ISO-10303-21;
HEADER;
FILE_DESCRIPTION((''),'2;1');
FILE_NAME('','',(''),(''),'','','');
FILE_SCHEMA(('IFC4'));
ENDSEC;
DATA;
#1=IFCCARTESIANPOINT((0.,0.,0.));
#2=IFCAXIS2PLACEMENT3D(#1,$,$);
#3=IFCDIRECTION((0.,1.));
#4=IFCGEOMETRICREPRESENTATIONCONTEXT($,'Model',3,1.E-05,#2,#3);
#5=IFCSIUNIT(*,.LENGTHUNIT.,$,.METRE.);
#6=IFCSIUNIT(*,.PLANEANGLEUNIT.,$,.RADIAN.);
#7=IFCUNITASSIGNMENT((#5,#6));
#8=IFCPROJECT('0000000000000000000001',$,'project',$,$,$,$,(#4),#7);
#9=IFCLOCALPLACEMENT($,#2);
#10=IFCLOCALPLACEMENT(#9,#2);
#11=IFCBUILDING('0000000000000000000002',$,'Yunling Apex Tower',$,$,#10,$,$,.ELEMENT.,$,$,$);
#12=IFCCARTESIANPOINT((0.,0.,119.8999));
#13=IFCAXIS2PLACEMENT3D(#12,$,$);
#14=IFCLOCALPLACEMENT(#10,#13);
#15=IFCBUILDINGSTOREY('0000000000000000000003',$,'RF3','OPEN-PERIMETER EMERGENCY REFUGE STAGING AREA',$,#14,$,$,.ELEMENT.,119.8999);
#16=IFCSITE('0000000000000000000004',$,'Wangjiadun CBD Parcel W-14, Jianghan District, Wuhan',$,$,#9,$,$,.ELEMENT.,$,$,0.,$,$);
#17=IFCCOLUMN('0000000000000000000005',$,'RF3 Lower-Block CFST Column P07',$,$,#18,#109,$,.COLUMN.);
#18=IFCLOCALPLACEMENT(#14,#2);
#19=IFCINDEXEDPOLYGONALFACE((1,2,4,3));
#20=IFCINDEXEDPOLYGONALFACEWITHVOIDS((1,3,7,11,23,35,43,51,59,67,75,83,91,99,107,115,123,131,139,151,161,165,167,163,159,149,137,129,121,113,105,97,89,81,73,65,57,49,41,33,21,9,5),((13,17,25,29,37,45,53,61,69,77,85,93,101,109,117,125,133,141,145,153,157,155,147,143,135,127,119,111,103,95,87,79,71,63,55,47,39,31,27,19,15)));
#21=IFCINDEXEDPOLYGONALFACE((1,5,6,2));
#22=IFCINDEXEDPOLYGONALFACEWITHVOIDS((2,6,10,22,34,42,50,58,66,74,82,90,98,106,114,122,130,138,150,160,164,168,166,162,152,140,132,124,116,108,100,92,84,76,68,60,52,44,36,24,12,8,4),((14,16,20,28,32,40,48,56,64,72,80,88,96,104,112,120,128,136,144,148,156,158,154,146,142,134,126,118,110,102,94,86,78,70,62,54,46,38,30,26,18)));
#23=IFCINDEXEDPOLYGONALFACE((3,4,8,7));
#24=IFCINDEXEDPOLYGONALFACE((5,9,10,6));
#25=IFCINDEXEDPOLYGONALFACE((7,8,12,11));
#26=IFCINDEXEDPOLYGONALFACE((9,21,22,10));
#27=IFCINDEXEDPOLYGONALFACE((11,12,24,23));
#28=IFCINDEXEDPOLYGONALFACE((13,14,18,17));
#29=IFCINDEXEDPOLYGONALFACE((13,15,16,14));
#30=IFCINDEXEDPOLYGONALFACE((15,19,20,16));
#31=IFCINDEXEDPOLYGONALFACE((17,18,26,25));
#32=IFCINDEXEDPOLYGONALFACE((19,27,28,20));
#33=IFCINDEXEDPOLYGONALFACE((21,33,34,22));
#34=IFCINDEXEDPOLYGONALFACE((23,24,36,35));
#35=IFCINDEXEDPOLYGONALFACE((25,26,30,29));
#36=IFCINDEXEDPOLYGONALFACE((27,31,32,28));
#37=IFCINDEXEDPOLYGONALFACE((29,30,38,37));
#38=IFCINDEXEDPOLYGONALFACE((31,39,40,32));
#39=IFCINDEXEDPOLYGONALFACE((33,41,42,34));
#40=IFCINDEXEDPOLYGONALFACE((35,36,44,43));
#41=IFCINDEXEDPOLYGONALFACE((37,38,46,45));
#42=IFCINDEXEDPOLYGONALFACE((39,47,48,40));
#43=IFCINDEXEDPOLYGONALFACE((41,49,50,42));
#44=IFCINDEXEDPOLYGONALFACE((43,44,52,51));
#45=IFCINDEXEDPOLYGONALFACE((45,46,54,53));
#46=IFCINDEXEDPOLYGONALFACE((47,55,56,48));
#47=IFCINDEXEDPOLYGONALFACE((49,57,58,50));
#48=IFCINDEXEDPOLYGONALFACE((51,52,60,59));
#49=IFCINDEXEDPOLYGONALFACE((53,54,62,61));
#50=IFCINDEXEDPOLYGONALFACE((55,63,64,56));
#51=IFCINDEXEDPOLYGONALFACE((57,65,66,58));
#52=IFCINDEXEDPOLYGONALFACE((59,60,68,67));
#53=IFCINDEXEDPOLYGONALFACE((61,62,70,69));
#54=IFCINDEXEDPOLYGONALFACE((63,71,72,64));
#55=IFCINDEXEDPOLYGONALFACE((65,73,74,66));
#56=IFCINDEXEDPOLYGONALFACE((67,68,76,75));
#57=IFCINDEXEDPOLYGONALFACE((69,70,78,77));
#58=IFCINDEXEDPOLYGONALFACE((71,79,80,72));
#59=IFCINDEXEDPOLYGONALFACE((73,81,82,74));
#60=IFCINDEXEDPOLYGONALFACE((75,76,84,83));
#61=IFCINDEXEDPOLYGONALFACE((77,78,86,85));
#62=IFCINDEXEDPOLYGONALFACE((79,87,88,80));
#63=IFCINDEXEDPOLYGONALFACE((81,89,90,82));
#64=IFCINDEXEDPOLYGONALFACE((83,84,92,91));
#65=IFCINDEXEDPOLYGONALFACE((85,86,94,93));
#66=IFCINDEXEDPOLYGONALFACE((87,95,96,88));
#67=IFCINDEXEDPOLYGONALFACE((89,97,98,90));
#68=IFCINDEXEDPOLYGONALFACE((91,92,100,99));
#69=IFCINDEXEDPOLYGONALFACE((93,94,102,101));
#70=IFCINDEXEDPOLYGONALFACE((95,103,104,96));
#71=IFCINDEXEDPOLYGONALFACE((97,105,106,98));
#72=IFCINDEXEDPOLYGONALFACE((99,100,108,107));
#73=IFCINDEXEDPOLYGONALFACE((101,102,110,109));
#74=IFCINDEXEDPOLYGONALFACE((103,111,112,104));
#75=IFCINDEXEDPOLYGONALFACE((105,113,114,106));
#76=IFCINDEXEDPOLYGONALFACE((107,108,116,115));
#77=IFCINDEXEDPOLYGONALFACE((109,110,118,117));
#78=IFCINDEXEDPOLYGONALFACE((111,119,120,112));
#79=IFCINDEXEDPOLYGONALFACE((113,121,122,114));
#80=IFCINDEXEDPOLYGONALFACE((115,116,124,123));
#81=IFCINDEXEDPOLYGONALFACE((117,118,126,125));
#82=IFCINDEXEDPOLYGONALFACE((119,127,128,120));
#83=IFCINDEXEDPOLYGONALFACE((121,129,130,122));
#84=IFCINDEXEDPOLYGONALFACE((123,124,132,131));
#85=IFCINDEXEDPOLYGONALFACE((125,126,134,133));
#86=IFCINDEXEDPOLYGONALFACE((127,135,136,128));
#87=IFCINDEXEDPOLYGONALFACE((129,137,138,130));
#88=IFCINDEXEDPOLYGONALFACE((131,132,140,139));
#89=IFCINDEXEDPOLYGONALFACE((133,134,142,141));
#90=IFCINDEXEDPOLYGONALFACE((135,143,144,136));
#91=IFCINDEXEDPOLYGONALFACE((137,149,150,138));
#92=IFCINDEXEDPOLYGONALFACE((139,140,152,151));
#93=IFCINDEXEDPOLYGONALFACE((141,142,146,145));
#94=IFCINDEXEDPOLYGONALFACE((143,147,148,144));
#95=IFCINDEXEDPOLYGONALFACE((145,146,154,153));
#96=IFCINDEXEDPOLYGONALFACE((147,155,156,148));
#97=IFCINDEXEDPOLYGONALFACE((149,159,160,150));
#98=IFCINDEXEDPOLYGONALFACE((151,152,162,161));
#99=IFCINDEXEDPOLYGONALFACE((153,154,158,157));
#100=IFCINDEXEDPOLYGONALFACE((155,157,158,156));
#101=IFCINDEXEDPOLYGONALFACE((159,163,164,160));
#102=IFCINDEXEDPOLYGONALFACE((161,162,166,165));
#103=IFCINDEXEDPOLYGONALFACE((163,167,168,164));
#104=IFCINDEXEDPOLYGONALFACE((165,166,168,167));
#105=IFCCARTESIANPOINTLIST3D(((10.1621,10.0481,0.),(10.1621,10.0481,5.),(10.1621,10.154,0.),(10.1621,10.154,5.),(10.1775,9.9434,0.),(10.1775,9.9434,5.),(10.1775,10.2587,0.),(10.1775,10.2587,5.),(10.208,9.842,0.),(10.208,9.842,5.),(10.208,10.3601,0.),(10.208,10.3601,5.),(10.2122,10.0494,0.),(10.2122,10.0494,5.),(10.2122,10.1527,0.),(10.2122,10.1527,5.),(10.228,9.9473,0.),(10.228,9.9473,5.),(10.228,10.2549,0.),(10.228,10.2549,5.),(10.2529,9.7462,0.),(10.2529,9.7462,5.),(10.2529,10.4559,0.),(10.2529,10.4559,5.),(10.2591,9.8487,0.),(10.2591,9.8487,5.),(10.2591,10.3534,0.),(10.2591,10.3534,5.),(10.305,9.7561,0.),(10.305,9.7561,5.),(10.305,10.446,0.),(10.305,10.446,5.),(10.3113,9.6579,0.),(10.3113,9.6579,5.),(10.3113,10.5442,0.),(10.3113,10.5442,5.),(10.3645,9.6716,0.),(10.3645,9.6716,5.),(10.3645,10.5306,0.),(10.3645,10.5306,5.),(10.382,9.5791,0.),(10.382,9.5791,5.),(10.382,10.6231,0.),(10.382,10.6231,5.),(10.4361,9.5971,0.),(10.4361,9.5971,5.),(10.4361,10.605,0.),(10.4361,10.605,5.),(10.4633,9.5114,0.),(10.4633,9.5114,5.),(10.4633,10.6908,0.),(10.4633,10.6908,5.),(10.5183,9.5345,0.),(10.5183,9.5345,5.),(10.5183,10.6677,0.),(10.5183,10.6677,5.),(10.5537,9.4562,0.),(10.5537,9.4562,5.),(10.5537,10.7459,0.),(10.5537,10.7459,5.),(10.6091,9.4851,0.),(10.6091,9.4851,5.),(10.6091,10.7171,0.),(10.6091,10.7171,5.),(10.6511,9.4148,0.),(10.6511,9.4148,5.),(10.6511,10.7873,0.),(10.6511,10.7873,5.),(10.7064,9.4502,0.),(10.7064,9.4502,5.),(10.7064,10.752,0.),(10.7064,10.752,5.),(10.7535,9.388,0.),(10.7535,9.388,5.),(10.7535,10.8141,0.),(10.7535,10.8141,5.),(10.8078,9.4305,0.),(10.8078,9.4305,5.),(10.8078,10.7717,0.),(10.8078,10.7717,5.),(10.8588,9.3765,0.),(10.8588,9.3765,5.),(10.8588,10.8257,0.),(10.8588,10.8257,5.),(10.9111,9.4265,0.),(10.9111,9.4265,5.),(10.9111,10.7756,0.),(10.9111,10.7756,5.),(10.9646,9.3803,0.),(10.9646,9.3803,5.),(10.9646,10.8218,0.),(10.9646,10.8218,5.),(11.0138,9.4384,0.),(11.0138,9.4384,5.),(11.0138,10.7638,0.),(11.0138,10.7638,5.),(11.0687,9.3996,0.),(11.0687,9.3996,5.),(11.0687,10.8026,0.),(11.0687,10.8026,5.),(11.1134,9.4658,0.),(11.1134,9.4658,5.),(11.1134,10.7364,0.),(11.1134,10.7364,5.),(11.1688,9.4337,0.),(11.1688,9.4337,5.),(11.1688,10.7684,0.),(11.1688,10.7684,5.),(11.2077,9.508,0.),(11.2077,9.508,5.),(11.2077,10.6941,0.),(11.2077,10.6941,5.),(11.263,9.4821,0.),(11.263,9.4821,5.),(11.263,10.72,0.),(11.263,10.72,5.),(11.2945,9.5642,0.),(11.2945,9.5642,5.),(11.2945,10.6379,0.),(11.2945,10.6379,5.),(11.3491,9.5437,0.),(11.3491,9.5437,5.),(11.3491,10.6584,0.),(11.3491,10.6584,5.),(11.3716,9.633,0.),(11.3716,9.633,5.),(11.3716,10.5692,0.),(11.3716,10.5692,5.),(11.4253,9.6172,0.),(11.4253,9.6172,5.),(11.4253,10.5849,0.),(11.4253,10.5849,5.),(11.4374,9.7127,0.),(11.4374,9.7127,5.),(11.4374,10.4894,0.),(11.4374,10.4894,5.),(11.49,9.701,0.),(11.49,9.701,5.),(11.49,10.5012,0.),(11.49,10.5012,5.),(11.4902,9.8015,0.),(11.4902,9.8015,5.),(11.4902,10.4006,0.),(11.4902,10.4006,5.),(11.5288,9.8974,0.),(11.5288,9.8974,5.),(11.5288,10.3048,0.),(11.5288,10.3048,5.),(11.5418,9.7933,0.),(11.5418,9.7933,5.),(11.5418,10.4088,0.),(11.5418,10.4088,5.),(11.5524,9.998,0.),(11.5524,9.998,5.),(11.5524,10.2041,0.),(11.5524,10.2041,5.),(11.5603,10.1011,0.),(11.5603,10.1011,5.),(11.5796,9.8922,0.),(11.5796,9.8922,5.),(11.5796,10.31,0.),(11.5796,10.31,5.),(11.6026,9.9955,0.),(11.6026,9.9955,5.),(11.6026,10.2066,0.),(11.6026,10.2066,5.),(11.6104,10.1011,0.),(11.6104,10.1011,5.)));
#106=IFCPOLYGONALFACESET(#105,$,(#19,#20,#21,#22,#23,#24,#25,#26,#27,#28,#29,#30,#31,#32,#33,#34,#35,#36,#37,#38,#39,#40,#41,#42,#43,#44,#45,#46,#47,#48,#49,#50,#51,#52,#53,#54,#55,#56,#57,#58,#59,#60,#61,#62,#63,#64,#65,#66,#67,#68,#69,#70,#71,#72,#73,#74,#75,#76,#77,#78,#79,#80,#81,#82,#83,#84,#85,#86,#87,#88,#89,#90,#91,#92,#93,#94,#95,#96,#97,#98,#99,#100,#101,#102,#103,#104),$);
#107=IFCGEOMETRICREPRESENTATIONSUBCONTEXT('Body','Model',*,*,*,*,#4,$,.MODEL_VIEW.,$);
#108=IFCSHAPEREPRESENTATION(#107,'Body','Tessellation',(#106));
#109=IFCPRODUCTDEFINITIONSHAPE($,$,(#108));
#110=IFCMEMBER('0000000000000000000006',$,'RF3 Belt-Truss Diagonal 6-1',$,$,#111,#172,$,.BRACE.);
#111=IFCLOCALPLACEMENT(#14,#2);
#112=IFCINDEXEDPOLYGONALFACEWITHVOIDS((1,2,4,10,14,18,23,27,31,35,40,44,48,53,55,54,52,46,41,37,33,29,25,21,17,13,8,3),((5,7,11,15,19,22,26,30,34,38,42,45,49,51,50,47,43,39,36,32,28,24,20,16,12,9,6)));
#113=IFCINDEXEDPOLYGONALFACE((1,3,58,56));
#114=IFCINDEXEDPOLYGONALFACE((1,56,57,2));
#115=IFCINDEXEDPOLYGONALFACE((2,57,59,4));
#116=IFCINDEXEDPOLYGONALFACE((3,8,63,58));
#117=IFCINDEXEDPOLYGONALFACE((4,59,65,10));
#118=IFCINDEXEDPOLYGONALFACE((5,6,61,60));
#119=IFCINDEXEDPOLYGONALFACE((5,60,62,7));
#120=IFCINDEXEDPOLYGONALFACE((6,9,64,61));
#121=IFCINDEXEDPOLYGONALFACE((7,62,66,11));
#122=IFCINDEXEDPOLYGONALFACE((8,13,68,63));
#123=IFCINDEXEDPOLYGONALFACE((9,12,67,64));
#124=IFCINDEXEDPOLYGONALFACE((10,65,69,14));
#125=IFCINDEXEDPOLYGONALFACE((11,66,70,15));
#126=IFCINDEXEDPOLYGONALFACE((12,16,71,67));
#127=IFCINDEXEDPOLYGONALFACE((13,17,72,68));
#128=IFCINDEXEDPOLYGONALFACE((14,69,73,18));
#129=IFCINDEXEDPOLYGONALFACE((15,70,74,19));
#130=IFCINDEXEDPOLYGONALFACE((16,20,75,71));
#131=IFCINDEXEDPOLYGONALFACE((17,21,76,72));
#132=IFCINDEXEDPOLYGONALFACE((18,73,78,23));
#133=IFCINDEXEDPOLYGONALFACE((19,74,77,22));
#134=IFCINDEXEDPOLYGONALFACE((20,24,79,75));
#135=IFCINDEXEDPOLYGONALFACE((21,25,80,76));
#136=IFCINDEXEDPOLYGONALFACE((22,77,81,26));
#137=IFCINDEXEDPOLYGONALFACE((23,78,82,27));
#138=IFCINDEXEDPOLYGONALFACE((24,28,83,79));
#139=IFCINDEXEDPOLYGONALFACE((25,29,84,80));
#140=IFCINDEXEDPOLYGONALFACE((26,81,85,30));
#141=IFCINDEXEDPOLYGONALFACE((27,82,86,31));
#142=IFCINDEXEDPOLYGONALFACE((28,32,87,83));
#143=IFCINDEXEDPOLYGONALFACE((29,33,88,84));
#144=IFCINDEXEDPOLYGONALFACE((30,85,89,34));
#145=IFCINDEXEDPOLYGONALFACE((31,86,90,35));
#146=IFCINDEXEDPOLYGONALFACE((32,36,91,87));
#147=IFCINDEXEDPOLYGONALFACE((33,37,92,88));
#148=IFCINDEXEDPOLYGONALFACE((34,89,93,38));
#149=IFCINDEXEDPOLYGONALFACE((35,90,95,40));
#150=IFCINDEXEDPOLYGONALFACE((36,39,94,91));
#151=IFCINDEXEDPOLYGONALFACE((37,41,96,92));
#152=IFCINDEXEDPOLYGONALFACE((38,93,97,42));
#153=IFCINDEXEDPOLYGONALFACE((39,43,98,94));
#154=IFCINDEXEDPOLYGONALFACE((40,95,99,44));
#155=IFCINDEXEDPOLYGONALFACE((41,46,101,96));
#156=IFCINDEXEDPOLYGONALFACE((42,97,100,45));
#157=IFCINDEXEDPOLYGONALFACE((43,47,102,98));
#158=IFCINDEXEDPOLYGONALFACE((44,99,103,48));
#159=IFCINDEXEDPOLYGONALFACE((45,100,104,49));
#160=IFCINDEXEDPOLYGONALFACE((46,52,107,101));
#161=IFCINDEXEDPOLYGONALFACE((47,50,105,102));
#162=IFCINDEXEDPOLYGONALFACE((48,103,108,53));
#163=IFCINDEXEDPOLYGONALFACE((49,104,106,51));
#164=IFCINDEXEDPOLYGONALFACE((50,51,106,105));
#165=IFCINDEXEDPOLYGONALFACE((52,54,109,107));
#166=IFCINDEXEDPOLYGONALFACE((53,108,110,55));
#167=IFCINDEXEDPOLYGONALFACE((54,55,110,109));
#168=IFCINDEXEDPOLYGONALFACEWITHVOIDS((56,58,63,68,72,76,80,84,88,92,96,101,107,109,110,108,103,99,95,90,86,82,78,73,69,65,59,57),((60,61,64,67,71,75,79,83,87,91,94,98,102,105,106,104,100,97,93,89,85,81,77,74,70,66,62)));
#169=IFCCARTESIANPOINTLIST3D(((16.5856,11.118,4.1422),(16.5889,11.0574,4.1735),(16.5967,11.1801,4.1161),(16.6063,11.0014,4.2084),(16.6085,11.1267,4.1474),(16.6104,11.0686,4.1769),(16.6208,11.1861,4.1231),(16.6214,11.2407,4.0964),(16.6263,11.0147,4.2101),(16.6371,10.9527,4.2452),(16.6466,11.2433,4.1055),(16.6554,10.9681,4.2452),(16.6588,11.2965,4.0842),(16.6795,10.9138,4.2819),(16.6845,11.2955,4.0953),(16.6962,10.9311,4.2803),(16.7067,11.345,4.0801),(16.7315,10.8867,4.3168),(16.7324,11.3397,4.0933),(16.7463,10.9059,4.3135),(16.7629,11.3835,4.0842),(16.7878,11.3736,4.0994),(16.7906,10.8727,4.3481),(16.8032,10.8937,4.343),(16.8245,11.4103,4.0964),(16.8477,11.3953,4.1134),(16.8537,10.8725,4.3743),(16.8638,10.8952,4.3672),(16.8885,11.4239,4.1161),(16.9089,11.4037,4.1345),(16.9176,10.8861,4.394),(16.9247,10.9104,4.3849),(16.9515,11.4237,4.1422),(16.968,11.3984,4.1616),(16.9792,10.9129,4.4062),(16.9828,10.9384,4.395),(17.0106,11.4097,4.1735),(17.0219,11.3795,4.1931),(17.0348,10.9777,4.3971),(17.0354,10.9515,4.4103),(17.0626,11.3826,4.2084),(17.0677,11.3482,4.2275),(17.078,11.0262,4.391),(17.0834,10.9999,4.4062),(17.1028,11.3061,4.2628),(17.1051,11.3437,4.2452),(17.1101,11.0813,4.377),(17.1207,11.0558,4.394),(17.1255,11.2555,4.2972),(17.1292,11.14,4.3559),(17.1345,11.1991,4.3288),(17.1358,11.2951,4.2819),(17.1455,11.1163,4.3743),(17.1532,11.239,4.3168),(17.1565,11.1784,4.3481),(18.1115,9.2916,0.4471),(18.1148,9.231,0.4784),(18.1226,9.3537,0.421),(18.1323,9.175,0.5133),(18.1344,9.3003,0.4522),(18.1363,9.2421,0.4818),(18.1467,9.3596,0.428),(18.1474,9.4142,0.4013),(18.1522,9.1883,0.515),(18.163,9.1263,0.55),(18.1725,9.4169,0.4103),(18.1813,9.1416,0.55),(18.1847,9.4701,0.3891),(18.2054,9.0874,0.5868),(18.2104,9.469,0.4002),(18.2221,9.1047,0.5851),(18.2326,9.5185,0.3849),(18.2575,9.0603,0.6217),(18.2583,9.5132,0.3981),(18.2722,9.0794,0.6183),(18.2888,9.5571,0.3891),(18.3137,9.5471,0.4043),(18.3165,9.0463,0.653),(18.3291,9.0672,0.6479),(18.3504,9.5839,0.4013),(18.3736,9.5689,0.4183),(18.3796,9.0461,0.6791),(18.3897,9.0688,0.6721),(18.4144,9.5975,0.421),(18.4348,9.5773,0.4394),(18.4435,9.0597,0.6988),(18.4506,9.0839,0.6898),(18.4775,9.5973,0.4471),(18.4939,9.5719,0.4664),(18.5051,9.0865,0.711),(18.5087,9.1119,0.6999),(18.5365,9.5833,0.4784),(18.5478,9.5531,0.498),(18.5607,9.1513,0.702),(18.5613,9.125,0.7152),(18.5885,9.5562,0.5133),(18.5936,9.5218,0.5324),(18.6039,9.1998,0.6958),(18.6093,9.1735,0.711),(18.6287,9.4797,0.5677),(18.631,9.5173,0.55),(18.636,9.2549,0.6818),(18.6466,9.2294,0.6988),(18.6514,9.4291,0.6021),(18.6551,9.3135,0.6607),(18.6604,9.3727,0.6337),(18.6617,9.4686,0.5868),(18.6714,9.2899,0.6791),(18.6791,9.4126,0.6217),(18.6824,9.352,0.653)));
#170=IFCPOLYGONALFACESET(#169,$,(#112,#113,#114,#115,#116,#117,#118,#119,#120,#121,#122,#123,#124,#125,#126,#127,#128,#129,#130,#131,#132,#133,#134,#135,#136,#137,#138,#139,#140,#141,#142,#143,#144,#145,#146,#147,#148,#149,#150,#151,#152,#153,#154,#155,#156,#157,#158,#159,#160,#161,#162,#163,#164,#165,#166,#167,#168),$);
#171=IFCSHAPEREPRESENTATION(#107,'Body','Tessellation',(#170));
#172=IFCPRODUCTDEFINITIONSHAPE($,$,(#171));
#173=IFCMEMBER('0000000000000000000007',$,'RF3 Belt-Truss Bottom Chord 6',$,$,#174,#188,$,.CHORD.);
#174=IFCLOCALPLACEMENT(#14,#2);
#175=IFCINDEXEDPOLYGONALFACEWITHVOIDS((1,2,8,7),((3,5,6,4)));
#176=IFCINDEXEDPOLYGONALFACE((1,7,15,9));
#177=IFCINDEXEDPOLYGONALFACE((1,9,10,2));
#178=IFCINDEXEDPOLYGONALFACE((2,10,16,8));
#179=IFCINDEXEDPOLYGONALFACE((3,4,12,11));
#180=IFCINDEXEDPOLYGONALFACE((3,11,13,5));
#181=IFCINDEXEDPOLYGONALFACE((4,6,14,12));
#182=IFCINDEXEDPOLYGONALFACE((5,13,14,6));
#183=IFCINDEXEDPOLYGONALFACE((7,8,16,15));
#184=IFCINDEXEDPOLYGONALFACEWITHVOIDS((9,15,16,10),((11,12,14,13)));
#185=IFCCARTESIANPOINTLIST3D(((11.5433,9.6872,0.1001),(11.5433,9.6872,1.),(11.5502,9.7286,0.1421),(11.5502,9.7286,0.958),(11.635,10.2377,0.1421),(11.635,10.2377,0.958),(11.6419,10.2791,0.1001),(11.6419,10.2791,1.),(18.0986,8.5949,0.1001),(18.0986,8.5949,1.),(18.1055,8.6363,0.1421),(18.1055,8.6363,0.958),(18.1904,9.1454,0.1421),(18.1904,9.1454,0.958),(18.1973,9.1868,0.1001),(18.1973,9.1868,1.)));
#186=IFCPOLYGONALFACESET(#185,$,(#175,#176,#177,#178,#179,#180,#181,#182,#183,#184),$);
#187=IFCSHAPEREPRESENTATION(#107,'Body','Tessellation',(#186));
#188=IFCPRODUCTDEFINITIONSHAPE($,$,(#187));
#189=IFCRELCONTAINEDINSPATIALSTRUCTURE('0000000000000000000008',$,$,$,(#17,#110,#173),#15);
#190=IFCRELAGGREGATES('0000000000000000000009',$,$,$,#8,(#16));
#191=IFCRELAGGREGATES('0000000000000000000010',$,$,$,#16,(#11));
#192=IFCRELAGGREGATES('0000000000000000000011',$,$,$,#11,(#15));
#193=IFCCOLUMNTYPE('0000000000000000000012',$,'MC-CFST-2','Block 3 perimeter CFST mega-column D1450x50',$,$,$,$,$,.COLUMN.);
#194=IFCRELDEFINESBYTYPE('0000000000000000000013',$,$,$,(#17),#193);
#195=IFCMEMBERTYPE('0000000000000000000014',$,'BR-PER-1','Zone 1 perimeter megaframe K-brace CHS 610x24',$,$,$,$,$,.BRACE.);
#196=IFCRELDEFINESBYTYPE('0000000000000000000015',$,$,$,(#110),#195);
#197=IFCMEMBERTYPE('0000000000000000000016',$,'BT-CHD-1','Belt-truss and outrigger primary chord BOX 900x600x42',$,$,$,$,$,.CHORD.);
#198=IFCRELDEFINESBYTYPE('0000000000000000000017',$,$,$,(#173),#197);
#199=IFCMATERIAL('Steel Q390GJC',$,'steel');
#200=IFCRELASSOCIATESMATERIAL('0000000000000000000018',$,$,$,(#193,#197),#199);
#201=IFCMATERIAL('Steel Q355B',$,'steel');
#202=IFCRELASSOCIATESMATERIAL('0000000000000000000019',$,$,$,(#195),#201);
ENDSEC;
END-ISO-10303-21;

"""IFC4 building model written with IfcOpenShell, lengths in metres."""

from ifc_helpers import new_model, si_unit, direction, frame, origin, origin_2d, place, context, subcontext, project, spatial, hollow_rectangle, hollow_circle, extrude, source, transform, mapped, material, material_profile, profile_set, type_object, element, save


model = new_model("IFC4")

# Units and contexts
model_context = context("Model", 3, precision=1e-05, world=origin(), true_north=direction((0.0, 1.0)))
body_context = subcontext(model_context, "Body", "Model", "MODEL_VIEW")
ifc_project = project(units=[si_unit("LENGTHUNIT", "METRE"), si_unit("PLANEANGLEUNIT", "RADIAN")], contexts=[model_context])

# Site, building, storey
site_placement = place(None, origin())
site = spatial("IfcSite", under=ifc_project, at=site_placement, Name="Wangjiadun CBD Parcel W-14, Jianghan District, Wuhan", CompositionType="ELEMENT", RefElevation=0.0)
building_placement = place(site_placement, origin())
building = spatial("IfcBuilding", under=site, at=building_placement, Name="Yunling Apex Tower", CompositionType="ELEMENT")
storey_placement = place(building_placement, frame((0.0, 0.0, 119.8999)))
storey = spatial("IfcBuildingStorey", under=building, at=storey_placement, Name="RF3", Description="OPEN-PERIMETER EMERGENCY REFUGE STAGING AREA", CompositionType="ELEMENT", Elevation=119.8999)

# Column
ifc_material_1 = material(Name="Steel Q390GJC", Category="steel")
ifc_material_profile_1 = material_profile(ifc_material_1, hollow_circle(Radius=0.7251, WallThickness=0.05, at=origin_2d()))
ifc_profile_set_1 = profile_set([ifc_material_profile_1], Name="Steel Q390GJC")
column_type = type_object("IfcColumnType", Name="MC-CFST-2", Description="Block 3 perimeter CFST mega-column D1450x50", PredefinedType="COLUMN", material=ifc_profile_set_1)
shared_shape_1 = source(origin(), body_context, "Body", "SweptSolid", [
    extrude(hollow_circle(Radius=0.7251, WallThickness=0.05, at=origin_2d()), origin(), (0.0, 0.0, 1.0), 5.0),
])
for number, where, z_axis, x_axis, name in (
    (1, (10.8853, 10.1011, 0.0), (0.0, 0.0, 1.0), (1.0, 0.0, 0.0), "RF3 Lower-Block CFST Column P07"),
):
    element("IfcColumn", number, at=place(storey_placement, frame(where, z_axis=z_axis, x_axis=x_axis)), inside=storey, type_object=column_type, Name=name, PredefinedType="COLUMN", context=body_context, shape_type="MappedRepresentation", body=[
        mapped(shared_shape_1, transform((0.0, 0.0, 0.0), scale=1.0)),
    ])

# Members
ifc_material_2 = material(Name="Steel Q355B", Category="steel")
ifc_material_profile_2 = material_profile(ifc_material_2, hollow_circle(Radius=0.3049, WallThickness=0.0239, at=origin_2d()))
ifc_profile_set_2 = profile_set([ifc_material_profile_2], Name="Steel Q355B")
member_type_1 = type_object("IfcMemberType", Name="BR-PER-1", Description="Zone 1 perimeter megaframe K-brace CHS 610x24", PredefinedType="BRACE", material=ifc_profile_set_2)
shared_shape_2 = source(origin(), body_context, "Body", "SweptSolid", [
    extrude(hollow_circle(Radius=0.3049, WallThickness=0.0239, at=origin_2d()), origin(), (0.0, 0.0, 1.0), 4.3953),
])
member_1_placement = place(storey_placement, frame((18.397, 9.3218, 0.55), z_axis=(-0.347171, 0.415549, 0.840709), x_axis=(-0.767422, -0.641142, 0.0)))
element("IfcMember", 2, at=member_1_placement, inside=storey, type_object=member_type_1, Name="RF3 Belt-Truss Diagonal 6-1", PredefinedType="BRACE", context=body_context, shape_type="MappedRepresentation", body=[
    mapped(shared_shape_2, transform((0.0, 0.0, 0.0), scale=1.0)),
])
ifc_material_profile_3 = material_profile(ifc_material_1, hollow_rectangle(XDim=0.6001, YDim=0.8999, WallThickness=0.042, at=origin_2d()))
ifc_profile_set_3 = profile_set([ifc_material_profile_3], Name="Steel Q390GJC")
member_type_2 = type_object("IfcMemberType", Name="BT-CHD-1", Description="Belt-truss and outrigger primary chord BOX 900x600x42", PredefinedType="CHORD", material=ifc_profile_set_3)
shared_shape_3 = source(origin(), body_context, "Body", "SweptSolid", [
    extrude(hollow_rectangle(XDim=0.6001, YDim=0.8999, WallThickness=0.042, at=origin_2d()), origin(), (0.0, 0.0, 1.0), 6.6458),
])
member_2_placement = place(storey_placement, frame((18.1479, 8.8909, 0.55), z_axis=(-0.986401, 0.164357, 0.0), x_axis=(-0.164357, -0.986401, 0.0)))
element("IfcMember", 3, at=member_2_placement, inside=storey, type_object=member_type_2, Name="RF3 Belt-Truss Bottom Chord 6", PredefinedType="CHORD", context=body_context, shape_type="MappedRepresentation", body=[
    mapped(shared_shape_3, transform((0.0, 0.0, 0.0), scale=1.0)),
])

save(model, "model.ifc")
